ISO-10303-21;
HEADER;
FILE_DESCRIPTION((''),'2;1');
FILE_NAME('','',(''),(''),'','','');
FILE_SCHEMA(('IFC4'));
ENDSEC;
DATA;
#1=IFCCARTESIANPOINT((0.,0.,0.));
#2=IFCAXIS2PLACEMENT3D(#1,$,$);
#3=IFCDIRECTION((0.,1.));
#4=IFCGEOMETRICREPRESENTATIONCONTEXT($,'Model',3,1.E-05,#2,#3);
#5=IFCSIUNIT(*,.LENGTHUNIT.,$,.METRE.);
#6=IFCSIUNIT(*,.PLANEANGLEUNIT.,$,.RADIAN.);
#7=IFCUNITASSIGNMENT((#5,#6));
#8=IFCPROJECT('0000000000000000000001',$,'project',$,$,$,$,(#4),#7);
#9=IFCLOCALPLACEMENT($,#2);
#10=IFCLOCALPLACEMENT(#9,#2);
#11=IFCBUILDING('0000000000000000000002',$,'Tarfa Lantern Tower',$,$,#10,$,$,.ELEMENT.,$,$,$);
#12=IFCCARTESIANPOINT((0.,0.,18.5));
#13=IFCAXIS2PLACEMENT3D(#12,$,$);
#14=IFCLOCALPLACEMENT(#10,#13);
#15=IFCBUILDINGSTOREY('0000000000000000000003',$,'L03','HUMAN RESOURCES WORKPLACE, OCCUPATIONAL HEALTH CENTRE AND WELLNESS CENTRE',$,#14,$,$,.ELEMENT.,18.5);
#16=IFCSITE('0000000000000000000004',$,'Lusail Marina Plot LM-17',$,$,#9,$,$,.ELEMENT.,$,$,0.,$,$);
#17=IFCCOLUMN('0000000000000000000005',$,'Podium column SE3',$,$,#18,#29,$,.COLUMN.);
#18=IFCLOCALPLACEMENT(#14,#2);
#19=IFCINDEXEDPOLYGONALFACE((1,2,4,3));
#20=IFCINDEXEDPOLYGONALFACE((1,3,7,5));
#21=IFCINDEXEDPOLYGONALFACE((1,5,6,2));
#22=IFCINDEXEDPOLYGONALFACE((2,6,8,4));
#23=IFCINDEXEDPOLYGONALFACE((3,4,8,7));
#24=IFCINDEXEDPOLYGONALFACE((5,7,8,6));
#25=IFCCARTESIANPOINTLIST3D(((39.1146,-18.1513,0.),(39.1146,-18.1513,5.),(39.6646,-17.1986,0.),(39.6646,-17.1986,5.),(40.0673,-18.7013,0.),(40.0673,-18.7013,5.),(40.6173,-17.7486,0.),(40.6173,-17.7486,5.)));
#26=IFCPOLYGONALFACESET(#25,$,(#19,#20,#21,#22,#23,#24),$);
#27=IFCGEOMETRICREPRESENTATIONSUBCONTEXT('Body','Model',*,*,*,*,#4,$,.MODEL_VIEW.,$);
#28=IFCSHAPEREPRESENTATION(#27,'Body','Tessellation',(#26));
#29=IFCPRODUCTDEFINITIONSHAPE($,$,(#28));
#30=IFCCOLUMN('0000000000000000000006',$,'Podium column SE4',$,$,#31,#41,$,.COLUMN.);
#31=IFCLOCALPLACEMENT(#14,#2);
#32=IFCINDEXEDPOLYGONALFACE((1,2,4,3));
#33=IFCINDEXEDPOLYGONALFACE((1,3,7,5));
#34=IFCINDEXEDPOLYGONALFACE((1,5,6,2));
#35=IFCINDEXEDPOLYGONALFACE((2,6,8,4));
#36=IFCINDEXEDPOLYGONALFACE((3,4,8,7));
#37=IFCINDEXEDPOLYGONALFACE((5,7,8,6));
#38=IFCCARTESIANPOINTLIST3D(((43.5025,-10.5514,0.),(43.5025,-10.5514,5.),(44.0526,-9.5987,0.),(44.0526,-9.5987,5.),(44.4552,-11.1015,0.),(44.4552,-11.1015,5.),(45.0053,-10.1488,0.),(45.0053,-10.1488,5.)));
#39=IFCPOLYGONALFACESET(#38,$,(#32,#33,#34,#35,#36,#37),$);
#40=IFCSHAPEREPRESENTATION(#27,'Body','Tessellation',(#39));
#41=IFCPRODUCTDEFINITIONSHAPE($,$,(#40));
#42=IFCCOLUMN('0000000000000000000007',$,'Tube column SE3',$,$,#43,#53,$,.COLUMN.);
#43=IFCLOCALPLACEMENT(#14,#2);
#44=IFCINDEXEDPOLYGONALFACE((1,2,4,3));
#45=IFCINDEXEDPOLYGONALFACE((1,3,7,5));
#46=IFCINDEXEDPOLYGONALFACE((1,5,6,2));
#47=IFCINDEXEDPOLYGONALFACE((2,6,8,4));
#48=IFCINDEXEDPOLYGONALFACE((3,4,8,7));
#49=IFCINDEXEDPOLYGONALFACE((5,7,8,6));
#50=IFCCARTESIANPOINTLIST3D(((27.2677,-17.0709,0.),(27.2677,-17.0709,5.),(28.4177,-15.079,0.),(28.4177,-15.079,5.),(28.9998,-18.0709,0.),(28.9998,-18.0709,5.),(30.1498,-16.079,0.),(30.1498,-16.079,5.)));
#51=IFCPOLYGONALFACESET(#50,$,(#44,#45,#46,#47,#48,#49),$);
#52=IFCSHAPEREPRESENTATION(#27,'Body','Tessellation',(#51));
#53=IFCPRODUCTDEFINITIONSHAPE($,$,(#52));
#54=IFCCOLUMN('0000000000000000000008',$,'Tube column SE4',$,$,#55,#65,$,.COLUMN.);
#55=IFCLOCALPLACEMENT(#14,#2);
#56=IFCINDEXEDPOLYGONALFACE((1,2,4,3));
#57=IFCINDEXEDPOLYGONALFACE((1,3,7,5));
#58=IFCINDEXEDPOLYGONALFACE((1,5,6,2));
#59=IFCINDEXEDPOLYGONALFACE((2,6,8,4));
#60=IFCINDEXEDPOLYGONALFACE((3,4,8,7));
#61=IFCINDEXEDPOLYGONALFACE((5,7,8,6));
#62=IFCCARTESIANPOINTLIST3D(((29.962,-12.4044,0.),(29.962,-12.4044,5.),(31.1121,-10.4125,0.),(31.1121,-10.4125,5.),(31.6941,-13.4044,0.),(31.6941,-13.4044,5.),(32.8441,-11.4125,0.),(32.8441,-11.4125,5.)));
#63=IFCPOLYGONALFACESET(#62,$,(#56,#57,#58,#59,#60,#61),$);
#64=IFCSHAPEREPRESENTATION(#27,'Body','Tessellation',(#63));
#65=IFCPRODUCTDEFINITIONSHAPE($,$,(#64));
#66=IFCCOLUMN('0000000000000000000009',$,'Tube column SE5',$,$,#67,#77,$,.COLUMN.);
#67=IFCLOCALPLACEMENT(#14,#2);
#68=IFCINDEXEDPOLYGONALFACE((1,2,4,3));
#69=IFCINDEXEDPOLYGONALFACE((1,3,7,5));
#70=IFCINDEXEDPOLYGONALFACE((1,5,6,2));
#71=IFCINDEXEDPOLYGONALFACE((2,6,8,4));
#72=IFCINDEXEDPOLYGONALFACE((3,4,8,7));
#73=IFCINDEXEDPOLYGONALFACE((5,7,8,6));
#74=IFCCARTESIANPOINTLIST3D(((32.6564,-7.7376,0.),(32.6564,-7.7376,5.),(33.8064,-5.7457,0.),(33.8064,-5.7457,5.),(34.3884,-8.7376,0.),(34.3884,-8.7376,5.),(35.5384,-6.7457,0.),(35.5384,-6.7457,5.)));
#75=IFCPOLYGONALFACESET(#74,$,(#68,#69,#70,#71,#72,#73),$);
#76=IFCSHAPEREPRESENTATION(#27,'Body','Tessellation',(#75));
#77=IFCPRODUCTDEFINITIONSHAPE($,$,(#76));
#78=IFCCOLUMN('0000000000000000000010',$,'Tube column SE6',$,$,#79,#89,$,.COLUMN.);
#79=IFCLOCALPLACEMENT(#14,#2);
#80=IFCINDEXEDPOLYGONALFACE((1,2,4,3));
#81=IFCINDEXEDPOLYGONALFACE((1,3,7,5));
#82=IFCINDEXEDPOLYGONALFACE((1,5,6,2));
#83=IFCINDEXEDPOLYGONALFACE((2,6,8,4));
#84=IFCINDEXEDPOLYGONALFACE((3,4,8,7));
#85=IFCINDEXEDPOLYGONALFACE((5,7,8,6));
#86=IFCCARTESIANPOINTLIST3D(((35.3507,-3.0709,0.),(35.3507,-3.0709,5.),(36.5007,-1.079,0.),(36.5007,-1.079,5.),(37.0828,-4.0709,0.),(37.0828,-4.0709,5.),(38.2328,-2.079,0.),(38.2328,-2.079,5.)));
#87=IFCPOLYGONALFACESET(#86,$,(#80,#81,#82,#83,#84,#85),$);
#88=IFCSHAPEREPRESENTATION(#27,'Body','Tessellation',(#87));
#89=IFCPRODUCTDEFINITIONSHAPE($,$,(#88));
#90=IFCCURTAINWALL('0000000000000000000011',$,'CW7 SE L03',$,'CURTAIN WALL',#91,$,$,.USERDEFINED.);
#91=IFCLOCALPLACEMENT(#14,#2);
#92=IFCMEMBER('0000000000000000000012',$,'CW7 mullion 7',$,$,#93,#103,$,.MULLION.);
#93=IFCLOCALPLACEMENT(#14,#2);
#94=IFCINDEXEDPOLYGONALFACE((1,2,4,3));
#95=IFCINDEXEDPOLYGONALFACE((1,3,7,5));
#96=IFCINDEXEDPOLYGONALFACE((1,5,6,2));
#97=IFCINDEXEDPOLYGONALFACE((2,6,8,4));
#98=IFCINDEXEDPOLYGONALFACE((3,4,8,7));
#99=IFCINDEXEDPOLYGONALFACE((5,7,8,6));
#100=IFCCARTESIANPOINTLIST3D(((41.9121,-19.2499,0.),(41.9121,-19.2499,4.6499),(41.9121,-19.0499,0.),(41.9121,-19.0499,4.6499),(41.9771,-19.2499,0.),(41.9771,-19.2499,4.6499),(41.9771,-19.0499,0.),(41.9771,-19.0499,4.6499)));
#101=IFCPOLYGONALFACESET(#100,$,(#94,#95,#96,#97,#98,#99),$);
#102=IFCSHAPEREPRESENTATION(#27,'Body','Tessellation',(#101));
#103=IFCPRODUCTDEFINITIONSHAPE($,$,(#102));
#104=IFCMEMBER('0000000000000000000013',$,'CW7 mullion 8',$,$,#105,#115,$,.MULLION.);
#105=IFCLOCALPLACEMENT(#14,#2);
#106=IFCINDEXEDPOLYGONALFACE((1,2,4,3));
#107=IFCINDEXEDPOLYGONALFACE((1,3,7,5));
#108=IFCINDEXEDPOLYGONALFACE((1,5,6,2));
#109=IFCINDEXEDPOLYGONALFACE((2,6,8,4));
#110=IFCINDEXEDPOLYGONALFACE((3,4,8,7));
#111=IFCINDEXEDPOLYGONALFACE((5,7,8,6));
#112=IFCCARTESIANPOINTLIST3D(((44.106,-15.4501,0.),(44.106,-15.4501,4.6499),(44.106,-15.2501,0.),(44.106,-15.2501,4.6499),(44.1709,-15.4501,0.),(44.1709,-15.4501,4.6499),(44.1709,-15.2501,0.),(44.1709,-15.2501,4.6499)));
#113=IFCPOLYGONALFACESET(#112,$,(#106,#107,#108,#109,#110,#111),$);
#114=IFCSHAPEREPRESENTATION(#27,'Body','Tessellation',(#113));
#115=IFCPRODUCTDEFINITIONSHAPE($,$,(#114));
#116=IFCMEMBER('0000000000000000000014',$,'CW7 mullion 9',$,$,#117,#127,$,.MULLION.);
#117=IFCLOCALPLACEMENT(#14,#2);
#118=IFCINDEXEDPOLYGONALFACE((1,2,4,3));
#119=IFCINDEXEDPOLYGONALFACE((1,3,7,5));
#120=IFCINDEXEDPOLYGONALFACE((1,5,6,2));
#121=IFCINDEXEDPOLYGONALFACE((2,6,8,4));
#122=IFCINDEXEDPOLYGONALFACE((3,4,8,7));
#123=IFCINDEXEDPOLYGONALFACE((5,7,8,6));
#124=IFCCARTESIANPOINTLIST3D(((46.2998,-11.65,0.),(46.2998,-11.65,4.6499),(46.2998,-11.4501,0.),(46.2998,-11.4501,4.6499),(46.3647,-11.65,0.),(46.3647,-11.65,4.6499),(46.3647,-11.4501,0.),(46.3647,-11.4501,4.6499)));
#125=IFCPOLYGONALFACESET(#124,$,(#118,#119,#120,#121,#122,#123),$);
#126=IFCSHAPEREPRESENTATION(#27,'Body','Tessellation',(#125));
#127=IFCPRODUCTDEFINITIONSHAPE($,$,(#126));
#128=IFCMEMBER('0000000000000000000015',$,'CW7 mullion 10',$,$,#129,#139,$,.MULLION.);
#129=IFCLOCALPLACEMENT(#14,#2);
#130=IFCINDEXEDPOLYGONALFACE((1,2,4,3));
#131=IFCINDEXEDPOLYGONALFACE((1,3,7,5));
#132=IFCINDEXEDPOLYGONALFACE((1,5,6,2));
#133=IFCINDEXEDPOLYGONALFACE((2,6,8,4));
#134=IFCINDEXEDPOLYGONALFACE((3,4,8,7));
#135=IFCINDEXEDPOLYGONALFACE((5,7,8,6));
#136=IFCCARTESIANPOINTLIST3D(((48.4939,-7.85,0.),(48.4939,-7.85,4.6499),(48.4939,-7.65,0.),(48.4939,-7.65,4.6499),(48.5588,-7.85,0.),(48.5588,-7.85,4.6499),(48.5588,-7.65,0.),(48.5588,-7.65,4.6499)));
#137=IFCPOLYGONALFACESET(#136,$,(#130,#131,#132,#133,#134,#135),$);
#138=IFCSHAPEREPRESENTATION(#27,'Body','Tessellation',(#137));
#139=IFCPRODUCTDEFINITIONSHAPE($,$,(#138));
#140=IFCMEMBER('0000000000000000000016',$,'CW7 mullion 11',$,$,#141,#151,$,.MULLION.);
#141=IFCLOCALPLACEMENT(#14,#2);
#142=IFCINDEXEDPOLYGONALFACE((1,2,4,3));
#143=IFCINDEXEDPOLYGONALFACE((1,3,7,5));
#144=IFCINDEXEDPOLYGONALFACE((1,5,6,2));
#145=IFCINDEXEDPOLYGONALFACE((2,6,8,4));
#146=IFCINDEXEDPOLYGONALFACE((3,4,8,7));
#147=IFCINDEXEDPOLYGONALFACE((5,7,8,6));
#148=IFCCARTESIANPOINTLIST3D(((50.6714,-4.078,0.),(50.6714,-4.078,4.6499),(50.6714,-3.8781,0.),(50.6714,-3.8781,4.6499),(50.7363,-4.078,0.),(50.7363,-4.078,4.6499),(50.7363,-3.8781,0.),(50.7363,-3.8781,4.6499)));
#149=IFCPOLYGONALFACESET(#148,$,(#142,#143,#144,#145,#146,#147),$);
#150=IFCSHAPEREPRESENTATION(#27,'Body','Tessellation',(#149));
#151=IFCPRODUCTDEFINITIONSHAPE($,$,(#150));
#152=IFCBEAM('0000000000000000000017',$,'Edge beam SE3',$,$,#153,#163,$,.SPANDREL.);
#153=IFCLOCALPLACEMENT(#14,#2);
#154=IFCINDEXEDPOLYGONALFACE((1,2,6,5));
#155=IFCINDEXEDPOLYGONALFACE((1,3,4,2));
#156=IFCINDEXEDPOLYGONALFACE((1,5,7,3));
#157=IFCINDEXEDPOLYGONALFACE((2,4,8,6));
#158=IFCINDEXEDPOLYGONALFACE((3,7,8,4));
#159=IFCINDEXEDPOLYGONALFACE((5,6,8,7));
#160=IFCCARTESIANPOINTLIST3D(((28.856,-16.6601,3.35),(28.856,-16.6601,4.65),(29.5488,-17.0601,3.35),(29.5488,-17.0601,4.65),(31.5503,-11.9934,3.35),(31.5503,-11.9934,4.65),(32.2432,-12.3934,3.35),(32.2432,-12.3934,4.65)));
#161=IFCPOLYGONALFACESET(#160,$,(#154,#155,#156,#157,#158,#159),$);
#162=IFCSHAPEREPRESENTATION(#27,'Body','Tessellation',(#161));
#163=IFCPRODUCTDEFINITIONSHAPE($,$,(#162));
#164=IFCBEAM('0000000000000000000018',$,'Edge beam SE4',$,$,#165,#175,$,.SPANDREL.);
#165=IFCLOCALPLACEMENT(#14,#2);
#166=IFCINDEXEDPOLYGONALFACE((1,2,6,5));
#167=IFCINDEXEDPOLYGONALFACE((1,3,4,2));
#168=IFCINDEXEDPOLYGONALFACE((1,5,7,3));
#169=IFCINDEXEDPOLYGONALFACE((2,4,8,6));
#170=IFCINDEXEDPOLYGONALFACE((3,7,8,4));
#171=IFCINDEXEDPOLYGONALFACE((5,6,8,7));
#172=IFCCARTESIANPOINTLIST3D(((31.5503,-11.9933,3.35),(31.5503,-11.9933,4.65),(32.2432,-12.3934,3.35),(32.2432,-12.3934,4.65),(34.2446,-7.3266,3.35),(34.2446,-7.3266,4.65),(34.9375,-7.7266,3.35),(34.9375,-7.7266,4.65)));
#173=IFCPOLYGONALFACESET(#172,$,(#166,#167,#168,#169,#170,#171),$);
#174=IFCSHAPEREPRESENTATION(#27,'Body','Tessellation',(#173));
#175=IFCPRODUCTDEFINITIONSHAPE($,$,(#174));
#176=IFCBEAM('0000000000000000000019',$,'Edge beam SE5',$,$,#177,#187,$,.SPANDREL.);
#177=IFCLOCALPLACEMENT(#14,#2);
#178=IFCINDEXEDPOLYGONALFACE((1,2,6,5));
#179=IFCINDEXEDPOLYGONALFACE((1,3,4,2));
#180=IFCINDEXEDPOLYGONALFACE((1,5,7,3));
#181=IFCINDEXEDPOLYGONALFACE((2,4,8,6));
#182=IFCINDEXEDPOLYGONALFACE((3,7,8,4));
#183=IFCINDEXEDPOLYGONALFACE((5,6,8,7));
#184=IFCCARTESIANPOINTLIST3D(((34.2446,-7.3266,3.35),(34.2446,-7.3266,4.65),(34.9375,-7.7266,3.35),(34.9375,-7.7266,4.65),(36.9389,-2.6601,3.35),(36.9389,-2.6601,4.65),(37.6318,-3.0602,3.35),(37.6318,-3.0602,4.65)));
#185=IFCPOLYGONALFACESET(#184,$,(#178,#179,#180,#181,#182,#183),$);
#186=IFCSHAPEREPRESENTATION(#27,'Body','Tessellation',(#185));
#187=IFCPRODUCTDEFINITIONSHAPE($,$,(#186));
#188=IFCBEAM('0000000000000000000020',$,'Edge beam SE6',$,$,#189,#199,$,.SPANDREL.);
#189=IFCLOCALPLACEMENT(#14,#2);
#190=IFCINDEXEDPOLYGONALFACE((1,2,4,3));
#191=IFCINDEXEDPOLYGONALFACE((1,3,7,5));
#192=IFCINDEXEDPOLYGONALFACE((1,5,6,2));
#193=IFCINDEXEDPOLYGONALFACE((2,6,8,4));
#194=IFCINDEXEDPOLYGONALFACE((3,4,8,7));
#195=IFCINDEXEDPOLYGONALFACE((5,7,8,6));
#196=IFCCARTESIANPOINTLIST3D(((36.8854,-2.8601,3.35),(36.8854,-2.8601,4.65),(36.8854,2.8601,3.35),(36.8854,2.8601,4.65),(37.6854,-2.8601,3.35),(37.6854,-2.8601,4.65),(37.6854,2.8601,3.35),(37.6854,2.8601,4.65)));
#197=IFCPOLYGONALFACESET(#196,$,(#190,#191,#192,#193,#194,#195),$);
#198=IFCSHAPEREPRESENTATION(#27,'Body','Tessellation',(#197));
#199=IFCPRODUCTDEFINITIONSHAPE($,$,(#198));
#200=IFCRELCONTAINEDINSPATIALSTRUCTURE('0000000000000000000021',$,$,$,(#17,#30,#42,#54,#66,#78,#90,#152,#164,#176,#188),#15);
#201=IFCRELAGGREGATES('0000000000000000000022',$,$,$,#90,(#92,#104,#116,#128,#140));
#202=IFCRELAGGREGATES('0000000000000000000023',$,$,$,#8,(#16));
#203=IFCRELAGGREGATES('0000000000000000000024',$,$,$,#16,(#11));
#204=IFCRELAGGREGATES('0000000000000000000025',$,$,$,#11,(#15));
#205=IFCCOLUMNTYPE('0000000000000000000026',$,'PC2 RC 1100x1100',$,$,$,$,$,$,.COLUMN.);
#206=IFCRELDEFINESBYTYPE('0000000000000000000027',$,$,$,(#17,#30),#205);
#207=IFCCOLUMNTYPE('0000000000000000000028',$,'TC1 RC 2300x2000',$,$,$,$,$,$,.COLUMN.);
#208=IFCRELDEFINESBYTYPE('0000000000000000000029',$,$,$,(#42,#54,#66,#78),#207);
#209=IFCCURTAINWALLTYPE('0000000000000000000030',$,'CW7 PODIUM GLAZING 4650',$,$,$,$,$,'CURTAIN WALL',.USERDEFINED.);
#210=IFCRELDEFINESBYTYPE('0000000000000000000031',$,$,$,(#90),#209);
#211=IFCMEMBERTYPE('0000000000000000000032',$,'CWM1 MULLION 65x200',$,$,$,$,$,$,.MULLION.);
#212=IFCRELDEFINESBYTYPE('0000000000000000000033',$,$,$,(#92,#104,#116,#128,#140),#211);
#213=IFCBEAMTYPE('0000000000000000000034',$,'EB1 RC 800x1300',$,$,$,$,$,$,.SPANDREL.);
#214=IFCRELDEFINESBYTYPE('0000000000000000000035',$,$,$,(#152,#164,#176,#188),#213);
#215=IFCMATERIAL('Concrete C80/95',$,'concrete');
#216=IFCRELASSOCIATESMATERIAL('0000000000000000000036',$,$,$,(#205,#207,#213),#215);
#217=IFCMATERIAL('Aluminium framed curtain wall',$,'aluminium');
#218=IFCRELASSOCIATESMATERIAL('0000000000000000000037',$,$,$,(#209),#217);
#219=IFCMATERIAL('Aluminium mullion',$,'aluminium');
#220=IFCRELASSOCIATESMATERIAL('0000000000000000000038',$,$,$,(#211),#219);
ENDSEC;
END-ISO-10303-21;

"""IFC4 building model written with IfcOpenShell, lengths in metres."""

from ifc_helpers import new_model, si_unit, direction, frame, origin, origin_2d, place, context, subcontext, project, spatial, rectangle, extrude, material, material_profile, profile_set, type_object, element, aggregate, save


model = new_model("IFC4")

# Units and contexts
model_context = context("Model", 3, precision=1e-05, world=origin(), true_north=direction((0.0, 1.0)))
body_context = subcontext(model_context, "Body", "Model", "MODEL_VIEW")
ifc_project = project(units=[si_unit("LENGTHUNIT", "METRE"), si_unit("PLANEANGLEUNIT", "RADIAN")], contexts=[model_context])

# Site, building, storey
site_placement = place(None, origin())
site = spatial("IfcSite", under=ifc_project, at=site_placement, Name="Lusail Marina Plot LM-17", CompositionType="ELEMENT", RefElevation=0.0)
building_placement = place(site_placement, origin())
building = spatial("IfcBuilding", under=site, at=building_placement, Name="Tarfa Lantern Tower", CompositionType="ELEMENT")
storey_placement = place(building_placement, frame((0.0, 0.0, 18.5)))
storey = spatial("IfcBuildingStorey", under=building, at=storey_placement, Name="L03", Description="HUMAN RESOURCES WORKPLACE, OCCUPATIONAL HEALTH CENTRE AND WELLNESS CENTRE", CompositionType="ELEMENT", Elevation=18.5)

# Columns
ifc_material_1 = material(Name="Concrete C80/95", Category="concrete")
ifc_material_profile_1 = material_profile(ifc_material_1, rectangle(XDim=1.1001, YDim=1.1001, at=origin_2d()), Name="RC 1100x1100")
ifc_profile_set_1 = profile_set([ifc_material_profile_1], Name="Concrete C80/95")
column_type_1 = type_object("IfcColumnType", Name="PC2 RC 1100x1100", PredefinedType="COLUMN", material=ifc_profile_set_1)
for number, where, z_axis, x_axis, name in (
    (1, (39.866, -17.95, 0.0), (0.0, 0.0, 1.0), (0.5, 0.866025, 0.0), "Podium column SE3"),
    (2, (44.2539, -10.3501, 0.0), (0.0, 0.0, 1.0), (0.5, 0.866025, 0.0), "Podium column SE4"),
):
    element("IfcColumn", number, at=place(storey_placement, frame(where, z_axis=z_axis, x_axis=x_axis)), inside=storey, type_object=column_type_1, Name=name, PredefinedType="COLUMN", context=body_context, shape_type="SweptSolid", body=[
        extrude(rectangle(XDim=1.1001, YDim=1.1001, at=origin_2d()), origin(), (0.0, 0.0, 1.0), 5.0),
    ])
ifc_material_profile_2 = material_profile(ifc_material_1, rectangle(XDim=2.3, YDim=2.0, at=origin_2d()), Name="RC 2300x2000")
ifc_profile_set_2 = profile_set([ifc_material_profile_2], Name="Concrete C80/95")
column_type_2 = type_object("IfcColumnType", Name="TC1 RC 2300x2000", PredefinedType="COLUMN", material=ifc_profile_set_2)
for number, where, z_axis, x_axis, name in (
    (3, (28.7087, -16.575, 0.0), (0.0, 0.0, 1.0), (0.5, 0.866025, 0.0), "Tube column SE3"),
    (4, (31.4031, -11.9084, 0.0), (0.0, 0.0, 1.0), (0.5, 0.866025, 0.0), "Tube column SE4"),
    (5, (34.0974, -7.2417, 0.0), (0.0, 0.0, 1.0), (0.5, 0.866025, 0.0), "Tube column SE5"),
    (6, (36.7917, -2.575, 0.0), (0.0, 0.0, 1.0), (0.5, 0.866025, 0.0), "Tube column SE6"),
):
    element("IfcColumn", number, at=place(storey_placement, frame(where, z_axis=z_axis, x_axis=x_axis)), inside=storey, type_object=column_type_2, Name=name, PredefinedType="COLUMN", context=body_context, shape_type="SweptSolid", body=[
        extrude(rectangle(XDim=2.3, YDim=2.0, at=origin_2d()), origin(), (0.0, 0.0, 1.0), 5.0),
    ])

# Curtain wall, members
ifc_material_2 = material(Name="Aluminium framed curtain wall", Category="aluminium")
curtain_wall_type = type_object("IfcCurtainWallType", Name="CW7 PODIUM GLAZING 4650", ElementType="CURTAIN WALL", PredefinedType="USERDEFINED", material=ifc_material_2)
curtain_wall_placement = place(storey_placement, origin())
curtain_wall = element("IfcCurtainWall", 7, at=curtain_wall_placement, inside=storey, type_object=curtain_wall_type, Name="CW7 SE L03", ObjectType="CURTAIN WALL", PredefinedType="USERDEFINED")
ifc_material_3 = material(Name="Aluminium mullion", Category="aluminium")
ifc_material_profile_3 = material_profile(ifc_material_3, rectangle(XDim=0.0649, YDim=0.2, at=origin_2d()), Name="AL MULLION 65x200")
ifc_profile_set_3 = profile_set([ifc_material_profile_3], Name="Aluminium mullion")
member_type = type_object("IfcMemberType", Name="CWM1 MULLION 65x200", PredefinedType="MULLION", material=ifc_profile_set_3)
member_1_placement = place(storey_placement, frame((41.9446, -19.1499, 0.0), z_axis=(0.0, 0.0, 1.0), x_axis=(1.0, 0.0, 0.0)))
member_1 = element("IfcMember", 8, at=member_1_placement, type_object=member_type, Name="CW7 mullion 7", PredefinedType="MULLION", context=body_context, shape_type="SweptSolid", body=[
    extrude(rectangle(XDim=0.0649, YDim=0.2, at=origin_2d()), origin(), (0.0, 0.0, 1.0), 4.6499),
])
member_2_placement = place(storey_placement, frame((44.1384, -15.3501, 0.0), z_axis=(0.0, 0.0, 1.0), x_axis=(1.0, 0.0, 0.0)))
member_2 = element("IfcMember", 9, at=member_2_placement, type_object=member_type, Name="CW7 mullion 8", PredefinedType="MULLION", context=body_context, shape_type="SweptSolid", body=[
    extrude(rectangle(XDim=0.0649, YDim=0.2, at=origin_2d()), origin(), (0.0, 0.0, 1.0), 4.6499),
])
member_3_placement = place(storey_placement, frame((46.3323, -11.55, 0.0), z_axis=(0.0, 0.0, 1.0), x_axis=(1.0, 0.0, 0.0)))
member_3 = element("IfcMember", 10, at=member_3_placement, type_object=member_type, Name="CW7 mullion 9", PredefinedType="MULLION", context=body_context, shape_type="SweptSolid", body=[
    extrude(rectangle(XDim=0.0649, YDim=0.2, at=origin_2d()), origin(), (0.0, 0.0, 1.0), 4.6499),
])
member_4_placement = place(storey_placement, frame((48.5264, -7.75, 0.0), z_axis=(0.0, 0.0, 1.0), x_axis=(1.0, 0.0, 0.0)))
member_4 = element("IfcMember", 11, at=member_4_placement, type_object=member_type, Name="CW7 mullion 10", PredefinedType="MULLION", context=body_context, shape_type="SweptSolid", body=[
    extrude(rectangle(XDim=0.0649, YDim=0.2, at=origin_2d()), origin(), (0.0, 0.0, 1.0), 4.6499),
])
member_5_placement = place(storey_placement, frame((50.7039, -3.978, 0.0), z_axis=(0.0, 0.0, 1.0), x_axis=(1.0, 0.0, 0.0)))
member_5 = element("IfcMember", 12, at=member_5_placement, type_object=member_type, Name="CW7 mullion 11", PredefinedType="MULLION", context=body_context, shape_type="SweptSolid", body=[
    extrude(rectangle(XDim=0.0649, YDim=0.2, at=origin_2d()), origin(), (0.0, 0.0, 1.0), 4.6499),
])

# Beams
ifc_material_profile_4 = material_profile(ifc_material_1, rectangle(XDim=0.8, YDim=1.3, at=origin_2d()), Name="RC 800x1300")
ifc_profile_set_4 = profile_set([ifc_material_profile_4], Name="Concrete C80/95")
beam_type_1 = type_object("IfcBeamType", Name="EB1 RC 800x1300", PredefinedType="SPANDREL", material=ifc_profile_set_4)
for number, where, z_axis, x_axis, name in (
    (13, (29.2024, -16.8601, 4.0), (0.499998, 0.866026, 0.0), (-0.866026, 0.499998, 0.0), "Edge beam SE3"),
    (14, (31.8967, -12.1934, 4.0), (0.499998, 0.866026, 0.0), (-0.866026, 0.499998, 0.0), "Edge beam SE4"),
):
    element("IfcBeam", number, at=place(storey_placement, frame(where, z_axis=z_axis, x_axis=x_axis)), inside=storey, type_object=beam_type_1, Name=name, PredefinedType="SPANDREL", context=body_context, shape_type="SweptSolid", body=[
        extrude(rectangle(XDim=0.8, YDim=1.3, at=origin_2d()), origin(), (0.0, 0.0, 1.0), 5.3887),
    ])
beam_1_placement = place(storey_placement, frame((34.5911, -7.5266, 4.0), z_axis=(0.500018, 0.866015, 0.0), x_axis=(-0.866015, 0.500018, 0.0)))
element("IfcBeam", 15, at=beam_1_placement, inside=storey, type_object=beam_type_1, Name="Edge beam SE5", PredefinedType="SPANDREL", context=body_context, shape_type="SweptSolid", body=[
    extrude(rectangle(XDim=0.8, YDim=1.3, at=origin_2d()), origin(), (0.0, 0.0, 1.0), 5.3884),
])
beam_2_placement = place(storey_placement, frame((37.2854, -2.8601, 4.0), z_axis=(0.0, 1.0, 0.0), x_axis=(-1.0, 0.0, 0.0)))
element("IfcBeam", 16, at=beam_2_placement, inside=storey, type_object=beam_type_1, Name="Edge beam SE6", PredefinedType="SPANDREL", context=body_context, shape_type="SweptSolid", body=[
    extrude(rectangle(XDim=0.8, YDim=1.3, at=origin_2d()), origin(), (0.0, 0.0, 1.0), 5.7202),
])

aggregate(curtain_wall, [member_1, member_2, member_3, member_4, member_5])

save(model, "model.ifc")
